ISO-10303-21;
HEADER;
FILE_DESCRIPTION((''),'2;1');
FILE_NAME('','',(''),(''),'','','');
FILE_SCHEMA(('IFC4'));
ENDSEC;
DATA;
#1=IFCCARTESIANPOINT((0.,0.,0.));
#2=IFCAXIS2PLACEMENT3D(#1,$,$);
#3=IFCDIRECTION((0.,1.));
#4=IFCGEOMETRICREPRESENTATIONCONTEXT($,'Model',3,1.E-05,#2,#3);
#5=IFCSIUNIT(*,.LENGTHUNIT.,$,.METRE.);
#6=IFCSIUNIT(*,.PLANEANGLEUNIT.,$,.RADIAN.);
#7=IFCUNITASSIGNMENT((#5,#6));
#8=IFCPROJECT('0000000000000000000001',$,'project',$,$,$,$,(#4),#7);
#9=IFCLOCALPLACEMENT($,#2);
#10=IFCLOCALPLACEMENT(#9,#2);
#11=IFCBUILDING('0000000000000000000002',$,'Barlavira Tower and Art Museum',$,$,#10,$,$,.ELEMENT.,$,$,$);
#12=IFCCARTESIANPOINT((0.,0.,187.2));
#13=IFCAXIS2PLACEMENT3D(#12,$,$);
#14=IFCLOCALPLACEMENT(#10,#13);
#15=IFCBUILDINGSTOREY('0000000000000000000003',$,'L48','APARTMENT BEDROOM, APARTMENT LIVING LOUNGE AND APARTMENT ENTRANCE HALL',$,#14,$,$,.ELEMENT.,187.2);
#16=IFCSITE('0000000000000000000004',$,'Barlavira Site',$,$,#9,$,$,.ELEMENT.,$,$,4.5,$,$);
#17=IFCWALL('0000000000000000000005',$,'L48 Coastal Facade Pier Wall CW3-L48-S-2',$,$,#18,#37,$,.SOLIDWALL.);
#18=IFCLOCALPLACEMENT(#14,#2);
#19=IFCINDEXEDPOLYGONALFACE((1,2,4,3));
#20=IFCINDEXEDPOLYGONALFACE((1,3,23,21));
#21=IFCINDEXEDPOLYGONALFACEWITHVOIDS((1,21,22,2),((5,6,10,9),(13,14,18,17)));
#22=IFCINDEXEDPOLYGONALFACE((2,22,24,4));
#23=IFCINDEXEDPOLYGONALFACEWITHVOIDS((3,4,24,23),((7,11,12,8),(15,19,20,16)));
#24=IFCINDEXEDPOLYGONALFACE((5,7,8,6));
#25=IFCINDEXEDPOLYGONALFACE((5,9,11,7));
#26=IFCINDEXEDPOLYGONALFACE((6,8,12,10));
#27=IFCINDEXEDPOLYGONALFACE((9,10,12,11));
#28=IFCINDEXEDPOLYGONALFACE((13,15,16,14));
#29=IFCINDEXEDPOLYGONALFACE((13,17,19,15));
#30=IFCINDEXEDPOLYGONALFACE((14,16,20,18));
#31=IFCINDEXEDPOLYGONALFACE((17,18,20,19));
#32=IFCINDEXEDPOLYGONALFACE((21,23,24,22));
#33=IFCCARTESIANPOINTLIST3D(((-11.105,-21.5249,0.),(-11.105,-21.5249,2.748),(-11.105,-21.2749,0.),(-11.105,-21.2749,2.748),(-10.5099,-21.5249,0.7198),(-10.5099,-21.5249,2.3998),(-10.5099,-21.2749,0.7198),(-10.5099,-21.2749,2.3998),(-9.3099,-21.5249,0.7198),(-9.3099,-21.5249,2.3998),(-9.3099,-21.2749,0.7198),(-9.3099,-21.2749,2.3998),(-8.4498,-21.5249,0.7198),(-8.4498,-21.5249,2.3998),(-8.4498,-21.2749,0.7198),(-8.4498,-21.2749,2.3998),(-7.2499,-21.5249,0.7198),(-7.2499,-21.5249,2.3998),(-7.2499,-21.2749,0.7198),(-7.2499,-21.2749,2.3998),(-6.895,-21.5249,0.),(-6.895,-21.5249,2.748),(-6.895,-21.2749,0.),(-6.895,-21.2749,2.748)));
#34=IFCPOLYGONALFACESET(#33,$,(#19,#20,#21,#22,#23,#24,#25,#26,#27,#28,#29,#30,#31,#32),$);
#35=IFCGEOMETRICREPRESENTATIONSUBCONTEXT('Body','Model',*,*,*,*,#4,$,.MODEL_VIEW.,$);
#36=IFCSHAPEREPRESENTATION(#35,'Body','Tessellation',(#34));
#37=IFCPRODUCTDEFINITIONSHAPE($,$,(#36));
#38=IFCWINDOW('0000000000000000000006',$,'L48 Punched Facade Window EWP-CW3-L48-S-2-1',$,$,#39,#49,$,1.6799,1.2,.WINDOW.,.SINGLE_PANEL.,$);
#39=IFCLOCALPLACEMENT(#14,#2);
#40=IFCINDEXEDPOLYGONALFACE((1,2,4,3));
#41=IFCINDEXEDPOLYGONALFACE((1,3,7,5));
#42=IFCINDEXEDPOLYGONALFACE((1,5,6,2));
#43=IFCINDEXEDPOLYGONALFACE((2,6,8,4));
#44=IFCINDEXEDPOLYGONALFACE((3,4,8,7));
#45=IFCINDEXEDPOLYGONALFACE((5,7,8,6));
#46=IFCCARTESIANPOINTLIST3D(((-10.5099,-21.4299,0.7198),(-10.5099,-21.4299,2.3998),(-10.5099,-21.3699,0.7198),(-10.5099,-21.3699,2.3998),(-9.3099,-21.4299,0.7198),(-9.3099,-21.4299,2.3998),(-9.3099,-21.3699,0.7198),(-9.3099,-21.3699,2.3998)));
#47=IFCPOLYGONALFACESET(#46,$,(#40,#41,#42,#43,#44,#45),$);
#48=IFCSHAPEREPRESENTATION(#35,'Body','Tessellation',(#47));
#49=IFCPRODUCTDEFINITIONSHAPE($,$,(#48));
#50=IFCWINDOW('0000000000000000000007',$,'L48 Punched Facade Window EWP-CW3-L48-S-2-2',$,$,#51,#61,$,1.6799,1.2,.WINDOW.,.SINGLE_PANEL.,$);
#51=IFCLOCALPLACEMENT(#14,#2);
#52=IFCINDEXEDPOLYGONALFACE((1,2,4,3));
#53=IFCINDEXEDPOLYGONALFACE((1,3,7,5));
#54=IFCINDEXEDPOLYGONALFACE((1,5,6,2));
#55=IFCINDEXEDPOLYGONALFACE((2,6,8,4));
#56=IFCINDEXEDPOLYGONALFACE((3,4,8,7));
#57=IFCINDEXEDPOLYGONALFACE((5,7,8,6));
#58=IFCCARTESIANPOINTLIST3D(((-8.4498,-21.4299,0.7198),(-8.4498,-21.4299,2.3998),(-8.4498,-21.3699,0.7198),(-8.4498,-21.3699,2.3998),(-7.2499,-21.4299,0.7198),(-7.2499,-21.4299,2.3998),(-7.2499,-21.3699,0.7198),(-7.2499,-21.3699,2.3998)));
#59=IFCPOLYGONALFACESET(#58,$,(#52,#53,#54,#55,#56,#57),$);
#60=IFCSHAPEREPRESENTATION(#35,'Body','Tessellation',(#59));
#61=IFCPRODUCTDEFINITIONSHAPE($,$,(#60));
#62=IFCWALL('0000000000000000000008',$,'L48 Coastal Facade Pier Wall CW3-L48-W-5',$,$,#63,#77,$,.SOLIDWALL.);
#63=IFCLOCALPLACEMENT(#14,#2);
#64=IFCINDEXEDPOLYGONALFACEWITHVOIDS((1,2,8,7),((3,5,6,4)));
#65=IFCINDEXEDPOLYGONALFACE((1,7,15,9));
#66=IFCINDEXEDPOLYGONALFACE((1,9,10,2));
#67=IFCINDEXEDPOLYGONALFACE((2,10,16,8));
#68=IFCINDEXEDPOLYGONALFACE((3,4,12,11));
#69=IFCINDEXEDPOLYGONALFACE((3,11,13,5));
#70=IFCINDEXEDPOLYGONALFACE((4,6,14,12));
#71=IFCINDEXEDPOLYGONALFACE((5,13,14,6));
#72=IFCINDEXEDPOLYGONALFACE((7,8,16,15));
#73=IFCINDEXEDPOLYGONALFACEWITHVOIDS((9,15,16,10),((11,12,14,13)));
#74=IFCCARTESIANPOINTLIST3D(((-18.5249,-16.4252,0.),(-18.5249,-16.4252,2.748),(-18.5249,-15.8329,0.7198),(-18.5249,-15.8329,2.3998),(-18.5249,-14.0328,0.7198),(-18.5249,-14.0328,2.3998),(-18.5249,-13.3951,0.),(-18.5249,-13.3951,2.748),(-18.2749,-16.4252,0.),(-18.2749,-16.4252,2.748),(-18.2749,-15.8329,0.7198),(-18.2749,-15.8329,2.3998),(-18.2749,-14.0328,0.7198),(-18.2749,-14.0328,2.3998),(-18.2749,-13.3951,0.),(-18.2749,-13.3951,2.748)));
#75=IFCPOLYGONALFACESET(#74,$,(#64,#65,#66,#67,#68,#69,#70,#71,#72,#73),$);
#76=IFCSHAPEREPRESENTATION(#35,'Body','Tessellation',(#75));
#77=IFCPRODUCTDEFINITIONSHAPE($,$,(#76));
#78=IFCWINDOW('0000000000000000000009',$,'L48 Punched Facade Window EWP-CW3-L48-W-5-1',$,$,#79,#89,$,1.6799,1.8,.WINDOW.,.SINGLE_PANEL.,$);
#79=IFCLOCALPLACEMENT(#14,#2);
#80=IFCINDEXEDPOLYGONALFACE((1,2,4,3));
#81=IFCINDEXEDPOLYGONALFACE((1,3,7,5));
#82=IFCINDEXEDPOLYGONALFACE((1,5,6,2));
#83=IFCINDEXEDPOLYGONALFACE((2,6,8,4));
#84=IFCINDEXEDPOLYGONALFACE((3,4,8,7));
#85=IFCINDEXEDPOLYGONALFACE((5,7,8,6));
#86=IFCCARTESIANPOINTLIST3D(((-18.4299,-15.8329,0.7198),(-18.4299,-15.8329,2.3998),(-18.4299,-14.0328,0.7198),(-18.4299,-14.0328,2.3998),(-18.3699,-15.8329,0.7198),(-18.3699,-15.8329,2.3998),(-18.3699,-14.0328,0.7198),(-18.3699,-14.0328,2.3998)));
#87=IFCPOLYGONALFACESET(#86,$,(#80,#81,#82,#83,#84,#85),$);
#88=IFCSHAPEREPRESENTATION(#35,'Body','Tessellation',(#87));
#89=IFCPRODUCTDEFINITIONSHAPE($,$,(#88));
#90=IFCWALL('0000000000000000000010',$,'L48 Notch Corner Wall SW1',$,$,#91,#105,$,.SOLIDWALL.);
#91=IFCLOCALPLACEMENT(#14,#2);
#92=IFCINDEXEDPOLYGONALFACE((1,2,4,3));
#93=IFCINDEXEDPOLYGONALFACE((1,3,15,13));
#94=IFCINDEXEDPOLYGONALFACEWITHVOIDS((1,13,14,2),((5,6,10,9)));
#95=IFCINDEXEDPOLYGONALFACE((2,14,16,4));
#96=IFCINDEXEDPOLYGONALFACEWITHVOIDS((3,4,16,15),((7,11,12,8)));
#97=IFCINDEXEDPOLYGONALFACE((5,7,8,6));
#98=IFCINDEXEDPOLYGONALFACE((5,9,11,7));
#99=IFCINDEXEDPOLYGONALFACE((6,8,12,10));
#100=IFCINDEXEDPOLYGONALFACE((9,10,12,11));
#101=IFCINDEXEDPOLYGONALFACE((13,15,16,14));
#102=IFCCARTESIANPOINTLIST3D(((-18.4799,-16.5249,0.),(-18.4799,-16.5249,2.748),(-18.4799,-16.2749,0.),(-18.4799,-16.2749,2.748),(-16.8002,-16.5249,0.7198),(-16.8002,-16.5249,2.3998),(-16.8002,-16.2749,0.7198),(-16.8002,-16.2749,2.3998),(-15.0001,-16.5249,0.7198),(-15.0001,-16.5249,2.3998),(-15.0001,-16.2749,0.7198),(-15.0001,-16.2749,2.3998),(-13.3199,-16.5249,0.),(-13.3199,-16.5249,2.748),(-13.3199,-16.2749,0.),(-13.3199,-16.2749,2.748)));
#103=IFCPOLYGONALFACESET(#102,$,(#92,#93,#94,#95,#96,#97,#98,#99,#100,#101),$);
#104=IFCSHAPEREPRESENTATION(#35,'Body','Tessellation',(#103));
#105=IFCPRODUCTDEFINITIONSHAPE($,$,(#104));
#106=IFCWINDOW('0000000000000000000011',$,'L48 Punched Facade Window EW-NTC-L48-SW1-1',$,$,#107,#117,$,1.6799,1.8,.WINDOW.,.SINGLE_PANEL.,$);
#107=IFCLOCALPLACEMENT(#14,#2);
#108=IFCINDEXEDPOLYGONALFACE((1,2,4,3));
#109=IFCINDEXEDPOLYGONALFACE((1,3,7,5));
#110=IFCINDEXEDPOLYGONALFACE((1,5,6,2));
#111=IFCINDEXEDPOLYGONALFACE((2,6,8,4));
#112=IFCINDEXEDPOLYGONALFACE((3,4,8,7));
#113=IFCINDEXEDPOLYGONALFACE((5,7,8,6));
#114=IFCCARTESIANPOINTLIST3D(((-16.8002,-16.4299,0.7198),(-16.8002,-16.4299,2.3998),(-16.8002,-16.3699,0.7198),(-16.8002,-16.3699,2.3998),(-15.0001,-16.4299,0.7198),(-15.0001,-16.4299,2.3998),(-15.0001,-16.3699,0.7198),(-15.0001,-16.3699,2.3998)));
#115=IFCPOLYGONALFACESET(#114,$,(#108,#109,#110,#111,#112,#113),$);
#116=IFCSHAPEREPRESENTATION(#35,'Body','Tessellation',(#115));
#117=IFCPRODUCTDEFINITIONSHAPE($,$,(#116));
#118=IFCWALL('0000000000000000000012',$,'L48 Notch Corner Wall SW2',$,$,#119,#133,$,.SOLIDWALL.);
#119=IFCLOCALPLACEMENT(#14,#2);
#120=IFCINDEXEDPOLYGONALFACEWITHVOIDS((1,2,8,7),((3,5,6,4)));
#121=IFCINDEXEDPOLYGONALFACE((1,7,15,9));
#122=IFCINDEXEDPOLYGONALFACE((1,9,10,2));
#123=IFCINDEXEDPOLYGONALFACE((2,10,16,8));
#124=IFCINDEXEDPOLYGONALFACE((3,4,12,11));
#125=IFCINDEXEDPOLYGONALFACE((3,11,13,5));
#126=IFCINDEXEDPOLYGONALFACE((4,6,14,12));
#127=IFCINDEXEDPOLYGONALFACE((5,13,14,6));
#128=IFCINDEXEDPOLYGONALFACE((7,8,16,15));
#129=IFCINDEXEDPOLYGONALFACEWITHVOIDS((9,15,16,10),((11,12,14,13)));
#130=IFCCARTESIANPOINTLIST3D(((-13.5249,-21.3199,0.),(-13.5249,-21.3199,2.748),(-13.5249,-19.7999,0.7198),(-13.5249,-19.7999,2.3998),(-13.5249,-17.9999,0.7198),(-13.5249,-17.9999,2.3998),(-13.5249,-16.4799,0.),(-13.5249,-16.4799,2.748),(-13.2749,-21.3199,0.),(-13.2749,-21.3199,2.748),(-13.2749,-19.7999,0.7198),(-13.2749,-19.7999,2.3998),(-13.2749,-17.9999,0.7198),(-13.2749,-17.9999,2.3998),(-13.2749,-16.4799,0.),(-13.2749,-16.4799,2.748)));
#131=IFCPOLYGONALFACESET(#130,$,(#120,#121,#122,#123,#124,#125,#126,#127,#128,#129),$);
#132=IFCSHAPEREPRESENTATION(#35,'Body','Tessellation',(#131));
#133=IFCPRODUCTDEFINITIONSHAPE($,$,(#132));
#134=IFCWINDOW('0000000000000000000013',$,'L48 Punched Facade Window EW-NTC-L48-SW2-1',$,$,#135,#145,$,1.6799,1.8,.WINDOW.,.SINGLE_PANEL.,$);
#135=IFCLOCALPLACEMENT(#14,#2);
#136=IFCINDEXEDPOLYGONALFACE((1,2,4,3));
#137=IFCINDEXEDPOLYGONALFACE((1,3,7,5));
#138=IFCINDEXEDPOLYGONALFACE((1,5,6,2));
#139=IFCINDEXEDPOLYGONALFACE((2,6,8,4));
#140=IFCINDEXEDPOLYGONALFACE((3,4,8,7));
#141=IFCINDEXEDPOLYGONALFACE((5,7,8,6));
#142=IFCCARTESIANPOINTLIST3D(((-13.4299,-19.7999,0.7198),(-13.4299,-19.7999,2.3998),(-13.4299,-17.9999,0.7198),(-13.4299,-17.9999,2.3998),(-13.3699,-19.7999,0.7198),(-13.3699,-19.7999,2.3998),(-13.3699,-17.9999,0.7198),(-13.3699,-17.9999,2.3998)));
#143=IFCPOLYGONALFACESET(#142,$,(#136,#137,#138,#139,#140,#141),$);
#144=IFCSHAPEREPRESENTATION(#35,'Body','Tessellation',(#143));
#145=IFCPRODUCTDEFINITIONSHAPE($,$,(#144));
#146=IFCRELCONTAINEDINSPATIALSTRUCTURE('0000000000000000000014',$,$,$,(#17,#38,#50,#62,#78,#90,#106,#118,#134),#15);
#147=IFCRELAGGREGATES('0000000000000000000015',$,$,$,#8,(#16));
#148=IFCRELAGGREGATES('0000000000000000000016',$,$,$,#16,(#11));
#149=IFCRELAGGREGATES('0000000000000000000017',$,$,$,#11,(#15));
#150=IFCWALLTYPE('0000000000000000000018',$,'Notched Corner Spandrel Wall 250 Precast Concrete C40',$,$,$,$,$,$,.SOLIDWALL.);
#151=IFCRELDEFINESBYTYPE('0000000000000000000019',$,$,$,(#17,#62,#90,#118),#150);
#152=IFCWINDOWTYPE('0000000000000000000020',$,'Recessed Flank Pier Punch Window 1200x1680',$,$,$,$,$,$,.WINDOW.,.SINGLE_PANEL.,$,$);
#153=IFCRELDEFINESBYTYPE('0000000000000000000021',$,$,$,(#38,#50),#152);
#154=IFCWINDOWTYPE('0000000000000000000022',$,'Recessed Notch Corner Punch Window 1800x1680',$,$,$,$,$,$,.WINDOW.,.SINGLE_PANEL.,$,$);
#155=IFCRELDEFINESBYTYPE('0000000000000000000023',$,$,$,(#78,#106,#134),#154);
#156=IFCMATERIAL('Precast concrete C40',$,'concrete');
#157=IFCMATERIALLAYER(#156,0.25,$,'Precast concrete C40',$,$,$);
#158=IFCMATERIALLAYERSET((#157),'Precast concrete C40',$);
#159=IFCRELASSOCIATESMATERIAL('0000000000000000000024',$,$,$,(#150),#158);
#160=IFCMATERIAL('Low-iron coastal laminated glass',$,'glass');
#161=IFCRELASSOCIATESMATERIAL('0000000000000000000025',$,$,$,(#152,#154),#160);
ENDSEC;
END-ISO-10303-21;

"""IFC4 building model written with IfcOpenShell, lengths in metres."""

from ifc_helpers import new_model, si_unit, direction, frame, frame_2d, origin, place, context, subcontext, project, spatial, rectangle, extrude, material, layer, layer_set, type_object, element, fill, save


model = new_model("IFC4")

# Units and contexts
model_context = context("Model", 3, precision=1e-05, world=origin(), true_north=direction((0.0, 1.0)))
body_context = subcontext(model_context, "Body", "Model", "MODEL_VIEW")
ifc_project = project(units=[si_unit("LENGTHUNIT", "METRE"), si_unit("PLANEANGLEUNIT", "RADIAN")], contexts=[model_context])

# Site, building, storey
site_placement = place(None, origin())
site = spatial("IfcSite", under=ifc_project, at=site_placement, Name="Barlavira Site", CompositionType="ELEMENT", RefElevation=4.5)
building_placement = place(site_placement, origin())
building = spatial("IfcBuilding", under=site, at=building_placement, Name="Barlavira Tower and Art Museum", CompositionType="ELEMENT")
storey_placement = place(building_placement, frame((0.0, 0.0, 187.2)))
storey = spatial("IfcBuildingStorey", under=building, at=storey_placement, Name="L48", Description="APARTMENT BEDROOM, APARTMENT LIVING LOUNGE AND APARTMENT ENTRANCE HALL", CompositionType="ELEMENT", Elevation=187.2)

# Shared definitions
ifc_material_1 = material(Name="Precast concrete C40", Category="concrete")
ifc_layer_1 = layer(ifc_material_1, 0.25, Name="Precast concrete C40")
ifc_layer_set_1 = layer_set([ifc_layer_1], Name="Precast concrete C40")
wall_type = type_object("IfcWallType", Name="Notched Corner Spandrel Wall 250 Precast Concrete C40", PredefinedType="SOLIDWALL", material=ifc_layer_set_1)
ifc_material_2 = material(Name="Low-iron coastal laminated glass", Category="glass")

# Wall, openings, windows
wall_1_placement = place(storey_placement, frame((-11.105, -21.3999, 0.0), z_axis=(0.0, 0.0, 1.0), x_axis=(1.0, 0.0, 0.0)))
wall_1 = element("IfcWall", 1, at=wall_1_placement, inside=storey, type_object=wall_type, Name="L48 Coastal Facade Pier Wall CW3-L48-S-2", PredefinedType="SOLIDWALL", context=body_context, shape_type="SweptSolid", body=[
    extrude(rectangle(XDim=4.21, YDim=0.25, at=frame_2d((2.105, 0.0))), origin(), (0.0, 0.0, 1.0), 2.748),
])
opening_1_placement = place(wall_1_placement, frame((0.595, 0.0, 0.72)))
opening_1 = element("IfcOpeningElement", 2, at=opening_1_placement, cuts=wall_1, PredefinedType="OPENING", context=body_context, shape_type="SweptSolid", body=[
    extrude(rectangle(XDim=1.2, YDim=1.6799, at=frame_2d((0.6001, 0.8398))), frame((0.0, 0.135, 0.0), z_axis=(0.0, -1.0, 0.0), x_axis=(1.0, 0.0, 0.0)), (0.0, 0.0, 1.0), 0.27),
])
opening_2_placement = place(wall_1_placement, frame((2.655, 0.0, 0.72)))
opening_2 = element("IfcOpeningElement", 3, at=opening_2_placement, cuts=wall_1, PredefinedType="OPENING", context=body_context, shape_type="SweptSolid", body=[
    extrude(rectangle(XDim=1.2, YDim=1.6799, at=frame_2d((0.6001, 0.8398))), frame((0.0, 0.135, 0.0), z_axis=(0.0, -1.0, 0.0), x_axis=(1.0, 0.0, 0.0)), (0.0, 0.0, 1.0), 0.27),
])
window_type_1 = type_object("IfcWindowType", Name="Recessed Flank Pier Punch Window 1200x1680", PartitioningType="SINGLE_PANEL", PredefinedType="WINDOW", material=ifc_material_2)
window_1_placement = place(opening_1_placement, origin())
window_1 = element("IfcWindow", 4, at=window_1_placement, inside=storey, type_object=window_type_1, Name="L48 Punched Facade Window EWP-CW3-L48-S-2-1", OverallHeight=1.6799, OverallWidth=1.2, PartitioningType="SINGLE_PANEL", PredefinedType="WINDOW", context=body_context, shape_type="SweptSolid", body=[
    extrude(rectangle(XDim=1.2, YDim=1.6799, at=frame_2d((0.6001, 0.8398))), frame((0.0, 0.03, 0.0), z_axis=(0.0, -1.0, 0.0), x_axis=(1.0, 0.0, 0.0)), (0.0, 0.0, 1.0), 0.0601),
])
fill(opening_1, window_1)
window_2_placement = place(opening_2_placement, origin())
window_2 = element("IfcWindow", 5, at=window_2_placement, inside=storey, type_object=window_type_1, Name="L48 Punched Facade Window EWP-CW3-L48-S-2-2", OverallHeight=1.6799, OverallWidth=1.2, PartitioningType="SINGLE_PANEL", PredefinedType="WINDOW", context=body_context, shape_type="SweptSolid", body=[
    extrude(rectangle(XDim=1.2, YDim=1.6799, at=frame_2d((0.6001, 0.8398))), frame((0.0, 0.03, 0.0), z_axis=(0.0, -1.0, 0.0), x_axis=(1.0, 0.0, 0.0)), (0.0, 0.0, 1.0), 0.0601),
])
fill(opening_2, window_2)

# Walls, openings, windows
wall_2_placement = place(storey_placement, frame((-18.3999, -13.395, 0.0), z_axis=(0.0, 0.0, 1.0), x_axis=(0.0, -1.0, 0.0)))
wall_2 = element("IfcWall", 6, at=wall_2_placement, inside=storey, type_object=wall_type, Name="L48 Coastal Facade Pier Wall CW3-L48-W-5", PredefinedType="SOLIDWALL", context=body_context, shape_type="SweptSolid", body=[
    extrude(rectangle(XDim=3.03, YDim=0.25, at=frame_2d((1.5151, 0.0))), origin(), (0.0, 0.0, 1.0), 2.748),
])
opening_3_placement = place(wall_2_placement, frame((0.6379, 0.0, 0.72)))
opening_3 = element("IfcOpeningElement", 7, at=opening_3_placement, cuts=wall_2, PredefinedType="OPENING", context=body_context, shape_type="SweptSolid", body=[
    extrude(rectangle(XDim=1.8, YDim=1.6799, at=frame_2d((0.8999, 0.8398))), frame((0.0, 0.135, 0.0), z_axis=(0.0, -1.0, 0.0), x_axis=(1.0, 0.0, 0.0)), (0.0, 0.0, 1.0), 0.27),
])
window_type_2 = type_object("IfcWindowType", Name="Recessed Notch Corner Punch Window 1800x1680", PartitioningType="SINGLE_PANEL", PredefinedType="WINDOW", material=ifc_material_2)
window_3_placement = place(opening_3_placement, origin())
window_3 = element("IfcWindow", 8, at=window_3_placement, inside=storey, type_object=window_type_2, Name="L48 Punched Facade Window EWP-CW3-L48-W-5-1", OverallHeight=1.6799, OverallWidth=1.8, PartitioningType="SINGLE_PANEL", PredefinedType="WINDOW", context=body_context, shape_type="SweptSolid", body=[
    extrude(rectangle(XDim=1.8, YDim=1.6799, at=frame_2d((0.8999, 0.8398))), frame((0.0, 0.03, 0.0), z_axis=(0.0, -1.0, 0.0), x_axis=(1.0, 0.0, 0.0)), (0.0, 0.0, 1.0), 0.0601),
])
fill(opening_3, window_3)
wall_3_placement = place(storey_placement, frame((-18.48, -16.3999, 0.0), z_axis=(0.0, 0.0, 1.0), x_axis=(1.0, 0.0, 0.0)))
wall_3 = element("IfcWall", 9, at=wall_3_placement, inside=storey, type_object=wall_type, Name="L48 Notch Corner Wall SW1", PredefinedType="SOLIDWALL", context=body_context, shape_type="SweptSolid", body=[
    extrude(rectangle(XDim=5.1599, YDim=0.25, at=frame_2d((2.5801, 0.0))), origin(), (0.0, 0.0, 1.0), 2.748),
])
opening_4_placement = place(wall_3_placement, frame((1.6799, 0.0, 0.72)))
opening_4 = element("IfcOpeningElement", 10, at=opening_4_placement, cuts=wall_3, PredefinedType="OPENING", context=body_context, shape_type="SweptSolid", body=[
    extrude(rectangle(XDim=1.8, YDim=1.6799, at=frame_2d((0.8999, 0.8398))), frame((0.0, 0.135, 0.0), z_axis=(0.0, -1.0, 0.0), x_axis=(1.0, 0.0, 0.0)), (0.0, 0.0, 1.0), 0.27),
])
window_4_placement = place(opening_4_placement, origin())
window_4 = element("IfcWindow", 11, at=window_4_placement, inside=storey, type_object=window_type_2, Name="L48 Punched Facade Window EW-NTC-L48-SW1-1", OverallHeight=1.6799, OverallWidth=1.8, PartitioningType="SINGLE_PANEL", PredefinedType="WINDOW", context=body_context, shape_type="SweptSolid", body=[
    extrude(rectangle(XDim=1.8, YDim=1.6799, at=frame_2d((0.8999, 0.8398))), frame((0.0, 0.03, 0.0), z_axis=(0.0, -1.0, 0.0), x_axis=(1.0, 0.0, 0.0)), (0.0, 0.0, 1.0), 0.0601),
])
fill(opening_4, window_4)
wall_4_placement = place(storey_placement, frame((-13.3999, -16.48, 0.0), z_axis=(0.0, 0.0, 1.0), x_axis=(0.0, -1.0, 0.0)))
wall_4 = element("IfcWall", 12, at=wall_4_placement, inside=storey, type_object=wall_type, Name="L48 Notch Corner Wall SW2", PredefinedType="SOLIDWALL", context=body_context, shape_type="SweptSolid", body=[
    extrude(rectangle(XDim=4.8401, YDim=0.25, at=frame_2d((2.4199, 0.0))), origin(), (0.0, 0.0, 1.0), 2.748),
])
opening_5_placement = place(wall_4_placement, frame((1.52, 0.0, 0.72)))
opening_5 = element("IfcOpeningElement", 13, at=opening_5_placement, cuts=wall_4, PredefinedType="OPENING", context=body_context, shape_type="SweptSolid", body=[
    extrude(rectangle(XDim=1.8, YDim=1.6799, at=frame_2d((0.8999, 0.8398))), frame((0.0, 0.135, 0.0), z_axis=(0.0, -1.0, 0.0), x_axis=(1.0, 0.0, 0.0)), (0.0, 0.0, 1.0), 0.27),
])
window_5_placement = place(opening_5_placement, origin())
window_5 = element("IfcWindow", 14, at=window_5_placement, inside=storey, type_object=window_type_2, Name="L48 Punched Facade Window EW-NTC-L48-SW2-1", OverallHeight=1.6799, OverallWidth=1.8, PartitioningType="SINGLE_PANEL", PredefinedType="WINDOW", context=body_context, shape_type="SweptSolid", body=[
    extrude(rectangle(XDim=1.8, YDim=1.6799, at=frame_2d((0.8999, 0.8398))), frame((0.0, 0.03, 0.0), z_axis=(0.0, -1.0, 0.0), x_axis=(1.0, 0.0, 0.0)), (0.0, 0.0, 1.0), 0.0601),
])
fill(opening_5, window_5)

save(model, "model.ifc")
